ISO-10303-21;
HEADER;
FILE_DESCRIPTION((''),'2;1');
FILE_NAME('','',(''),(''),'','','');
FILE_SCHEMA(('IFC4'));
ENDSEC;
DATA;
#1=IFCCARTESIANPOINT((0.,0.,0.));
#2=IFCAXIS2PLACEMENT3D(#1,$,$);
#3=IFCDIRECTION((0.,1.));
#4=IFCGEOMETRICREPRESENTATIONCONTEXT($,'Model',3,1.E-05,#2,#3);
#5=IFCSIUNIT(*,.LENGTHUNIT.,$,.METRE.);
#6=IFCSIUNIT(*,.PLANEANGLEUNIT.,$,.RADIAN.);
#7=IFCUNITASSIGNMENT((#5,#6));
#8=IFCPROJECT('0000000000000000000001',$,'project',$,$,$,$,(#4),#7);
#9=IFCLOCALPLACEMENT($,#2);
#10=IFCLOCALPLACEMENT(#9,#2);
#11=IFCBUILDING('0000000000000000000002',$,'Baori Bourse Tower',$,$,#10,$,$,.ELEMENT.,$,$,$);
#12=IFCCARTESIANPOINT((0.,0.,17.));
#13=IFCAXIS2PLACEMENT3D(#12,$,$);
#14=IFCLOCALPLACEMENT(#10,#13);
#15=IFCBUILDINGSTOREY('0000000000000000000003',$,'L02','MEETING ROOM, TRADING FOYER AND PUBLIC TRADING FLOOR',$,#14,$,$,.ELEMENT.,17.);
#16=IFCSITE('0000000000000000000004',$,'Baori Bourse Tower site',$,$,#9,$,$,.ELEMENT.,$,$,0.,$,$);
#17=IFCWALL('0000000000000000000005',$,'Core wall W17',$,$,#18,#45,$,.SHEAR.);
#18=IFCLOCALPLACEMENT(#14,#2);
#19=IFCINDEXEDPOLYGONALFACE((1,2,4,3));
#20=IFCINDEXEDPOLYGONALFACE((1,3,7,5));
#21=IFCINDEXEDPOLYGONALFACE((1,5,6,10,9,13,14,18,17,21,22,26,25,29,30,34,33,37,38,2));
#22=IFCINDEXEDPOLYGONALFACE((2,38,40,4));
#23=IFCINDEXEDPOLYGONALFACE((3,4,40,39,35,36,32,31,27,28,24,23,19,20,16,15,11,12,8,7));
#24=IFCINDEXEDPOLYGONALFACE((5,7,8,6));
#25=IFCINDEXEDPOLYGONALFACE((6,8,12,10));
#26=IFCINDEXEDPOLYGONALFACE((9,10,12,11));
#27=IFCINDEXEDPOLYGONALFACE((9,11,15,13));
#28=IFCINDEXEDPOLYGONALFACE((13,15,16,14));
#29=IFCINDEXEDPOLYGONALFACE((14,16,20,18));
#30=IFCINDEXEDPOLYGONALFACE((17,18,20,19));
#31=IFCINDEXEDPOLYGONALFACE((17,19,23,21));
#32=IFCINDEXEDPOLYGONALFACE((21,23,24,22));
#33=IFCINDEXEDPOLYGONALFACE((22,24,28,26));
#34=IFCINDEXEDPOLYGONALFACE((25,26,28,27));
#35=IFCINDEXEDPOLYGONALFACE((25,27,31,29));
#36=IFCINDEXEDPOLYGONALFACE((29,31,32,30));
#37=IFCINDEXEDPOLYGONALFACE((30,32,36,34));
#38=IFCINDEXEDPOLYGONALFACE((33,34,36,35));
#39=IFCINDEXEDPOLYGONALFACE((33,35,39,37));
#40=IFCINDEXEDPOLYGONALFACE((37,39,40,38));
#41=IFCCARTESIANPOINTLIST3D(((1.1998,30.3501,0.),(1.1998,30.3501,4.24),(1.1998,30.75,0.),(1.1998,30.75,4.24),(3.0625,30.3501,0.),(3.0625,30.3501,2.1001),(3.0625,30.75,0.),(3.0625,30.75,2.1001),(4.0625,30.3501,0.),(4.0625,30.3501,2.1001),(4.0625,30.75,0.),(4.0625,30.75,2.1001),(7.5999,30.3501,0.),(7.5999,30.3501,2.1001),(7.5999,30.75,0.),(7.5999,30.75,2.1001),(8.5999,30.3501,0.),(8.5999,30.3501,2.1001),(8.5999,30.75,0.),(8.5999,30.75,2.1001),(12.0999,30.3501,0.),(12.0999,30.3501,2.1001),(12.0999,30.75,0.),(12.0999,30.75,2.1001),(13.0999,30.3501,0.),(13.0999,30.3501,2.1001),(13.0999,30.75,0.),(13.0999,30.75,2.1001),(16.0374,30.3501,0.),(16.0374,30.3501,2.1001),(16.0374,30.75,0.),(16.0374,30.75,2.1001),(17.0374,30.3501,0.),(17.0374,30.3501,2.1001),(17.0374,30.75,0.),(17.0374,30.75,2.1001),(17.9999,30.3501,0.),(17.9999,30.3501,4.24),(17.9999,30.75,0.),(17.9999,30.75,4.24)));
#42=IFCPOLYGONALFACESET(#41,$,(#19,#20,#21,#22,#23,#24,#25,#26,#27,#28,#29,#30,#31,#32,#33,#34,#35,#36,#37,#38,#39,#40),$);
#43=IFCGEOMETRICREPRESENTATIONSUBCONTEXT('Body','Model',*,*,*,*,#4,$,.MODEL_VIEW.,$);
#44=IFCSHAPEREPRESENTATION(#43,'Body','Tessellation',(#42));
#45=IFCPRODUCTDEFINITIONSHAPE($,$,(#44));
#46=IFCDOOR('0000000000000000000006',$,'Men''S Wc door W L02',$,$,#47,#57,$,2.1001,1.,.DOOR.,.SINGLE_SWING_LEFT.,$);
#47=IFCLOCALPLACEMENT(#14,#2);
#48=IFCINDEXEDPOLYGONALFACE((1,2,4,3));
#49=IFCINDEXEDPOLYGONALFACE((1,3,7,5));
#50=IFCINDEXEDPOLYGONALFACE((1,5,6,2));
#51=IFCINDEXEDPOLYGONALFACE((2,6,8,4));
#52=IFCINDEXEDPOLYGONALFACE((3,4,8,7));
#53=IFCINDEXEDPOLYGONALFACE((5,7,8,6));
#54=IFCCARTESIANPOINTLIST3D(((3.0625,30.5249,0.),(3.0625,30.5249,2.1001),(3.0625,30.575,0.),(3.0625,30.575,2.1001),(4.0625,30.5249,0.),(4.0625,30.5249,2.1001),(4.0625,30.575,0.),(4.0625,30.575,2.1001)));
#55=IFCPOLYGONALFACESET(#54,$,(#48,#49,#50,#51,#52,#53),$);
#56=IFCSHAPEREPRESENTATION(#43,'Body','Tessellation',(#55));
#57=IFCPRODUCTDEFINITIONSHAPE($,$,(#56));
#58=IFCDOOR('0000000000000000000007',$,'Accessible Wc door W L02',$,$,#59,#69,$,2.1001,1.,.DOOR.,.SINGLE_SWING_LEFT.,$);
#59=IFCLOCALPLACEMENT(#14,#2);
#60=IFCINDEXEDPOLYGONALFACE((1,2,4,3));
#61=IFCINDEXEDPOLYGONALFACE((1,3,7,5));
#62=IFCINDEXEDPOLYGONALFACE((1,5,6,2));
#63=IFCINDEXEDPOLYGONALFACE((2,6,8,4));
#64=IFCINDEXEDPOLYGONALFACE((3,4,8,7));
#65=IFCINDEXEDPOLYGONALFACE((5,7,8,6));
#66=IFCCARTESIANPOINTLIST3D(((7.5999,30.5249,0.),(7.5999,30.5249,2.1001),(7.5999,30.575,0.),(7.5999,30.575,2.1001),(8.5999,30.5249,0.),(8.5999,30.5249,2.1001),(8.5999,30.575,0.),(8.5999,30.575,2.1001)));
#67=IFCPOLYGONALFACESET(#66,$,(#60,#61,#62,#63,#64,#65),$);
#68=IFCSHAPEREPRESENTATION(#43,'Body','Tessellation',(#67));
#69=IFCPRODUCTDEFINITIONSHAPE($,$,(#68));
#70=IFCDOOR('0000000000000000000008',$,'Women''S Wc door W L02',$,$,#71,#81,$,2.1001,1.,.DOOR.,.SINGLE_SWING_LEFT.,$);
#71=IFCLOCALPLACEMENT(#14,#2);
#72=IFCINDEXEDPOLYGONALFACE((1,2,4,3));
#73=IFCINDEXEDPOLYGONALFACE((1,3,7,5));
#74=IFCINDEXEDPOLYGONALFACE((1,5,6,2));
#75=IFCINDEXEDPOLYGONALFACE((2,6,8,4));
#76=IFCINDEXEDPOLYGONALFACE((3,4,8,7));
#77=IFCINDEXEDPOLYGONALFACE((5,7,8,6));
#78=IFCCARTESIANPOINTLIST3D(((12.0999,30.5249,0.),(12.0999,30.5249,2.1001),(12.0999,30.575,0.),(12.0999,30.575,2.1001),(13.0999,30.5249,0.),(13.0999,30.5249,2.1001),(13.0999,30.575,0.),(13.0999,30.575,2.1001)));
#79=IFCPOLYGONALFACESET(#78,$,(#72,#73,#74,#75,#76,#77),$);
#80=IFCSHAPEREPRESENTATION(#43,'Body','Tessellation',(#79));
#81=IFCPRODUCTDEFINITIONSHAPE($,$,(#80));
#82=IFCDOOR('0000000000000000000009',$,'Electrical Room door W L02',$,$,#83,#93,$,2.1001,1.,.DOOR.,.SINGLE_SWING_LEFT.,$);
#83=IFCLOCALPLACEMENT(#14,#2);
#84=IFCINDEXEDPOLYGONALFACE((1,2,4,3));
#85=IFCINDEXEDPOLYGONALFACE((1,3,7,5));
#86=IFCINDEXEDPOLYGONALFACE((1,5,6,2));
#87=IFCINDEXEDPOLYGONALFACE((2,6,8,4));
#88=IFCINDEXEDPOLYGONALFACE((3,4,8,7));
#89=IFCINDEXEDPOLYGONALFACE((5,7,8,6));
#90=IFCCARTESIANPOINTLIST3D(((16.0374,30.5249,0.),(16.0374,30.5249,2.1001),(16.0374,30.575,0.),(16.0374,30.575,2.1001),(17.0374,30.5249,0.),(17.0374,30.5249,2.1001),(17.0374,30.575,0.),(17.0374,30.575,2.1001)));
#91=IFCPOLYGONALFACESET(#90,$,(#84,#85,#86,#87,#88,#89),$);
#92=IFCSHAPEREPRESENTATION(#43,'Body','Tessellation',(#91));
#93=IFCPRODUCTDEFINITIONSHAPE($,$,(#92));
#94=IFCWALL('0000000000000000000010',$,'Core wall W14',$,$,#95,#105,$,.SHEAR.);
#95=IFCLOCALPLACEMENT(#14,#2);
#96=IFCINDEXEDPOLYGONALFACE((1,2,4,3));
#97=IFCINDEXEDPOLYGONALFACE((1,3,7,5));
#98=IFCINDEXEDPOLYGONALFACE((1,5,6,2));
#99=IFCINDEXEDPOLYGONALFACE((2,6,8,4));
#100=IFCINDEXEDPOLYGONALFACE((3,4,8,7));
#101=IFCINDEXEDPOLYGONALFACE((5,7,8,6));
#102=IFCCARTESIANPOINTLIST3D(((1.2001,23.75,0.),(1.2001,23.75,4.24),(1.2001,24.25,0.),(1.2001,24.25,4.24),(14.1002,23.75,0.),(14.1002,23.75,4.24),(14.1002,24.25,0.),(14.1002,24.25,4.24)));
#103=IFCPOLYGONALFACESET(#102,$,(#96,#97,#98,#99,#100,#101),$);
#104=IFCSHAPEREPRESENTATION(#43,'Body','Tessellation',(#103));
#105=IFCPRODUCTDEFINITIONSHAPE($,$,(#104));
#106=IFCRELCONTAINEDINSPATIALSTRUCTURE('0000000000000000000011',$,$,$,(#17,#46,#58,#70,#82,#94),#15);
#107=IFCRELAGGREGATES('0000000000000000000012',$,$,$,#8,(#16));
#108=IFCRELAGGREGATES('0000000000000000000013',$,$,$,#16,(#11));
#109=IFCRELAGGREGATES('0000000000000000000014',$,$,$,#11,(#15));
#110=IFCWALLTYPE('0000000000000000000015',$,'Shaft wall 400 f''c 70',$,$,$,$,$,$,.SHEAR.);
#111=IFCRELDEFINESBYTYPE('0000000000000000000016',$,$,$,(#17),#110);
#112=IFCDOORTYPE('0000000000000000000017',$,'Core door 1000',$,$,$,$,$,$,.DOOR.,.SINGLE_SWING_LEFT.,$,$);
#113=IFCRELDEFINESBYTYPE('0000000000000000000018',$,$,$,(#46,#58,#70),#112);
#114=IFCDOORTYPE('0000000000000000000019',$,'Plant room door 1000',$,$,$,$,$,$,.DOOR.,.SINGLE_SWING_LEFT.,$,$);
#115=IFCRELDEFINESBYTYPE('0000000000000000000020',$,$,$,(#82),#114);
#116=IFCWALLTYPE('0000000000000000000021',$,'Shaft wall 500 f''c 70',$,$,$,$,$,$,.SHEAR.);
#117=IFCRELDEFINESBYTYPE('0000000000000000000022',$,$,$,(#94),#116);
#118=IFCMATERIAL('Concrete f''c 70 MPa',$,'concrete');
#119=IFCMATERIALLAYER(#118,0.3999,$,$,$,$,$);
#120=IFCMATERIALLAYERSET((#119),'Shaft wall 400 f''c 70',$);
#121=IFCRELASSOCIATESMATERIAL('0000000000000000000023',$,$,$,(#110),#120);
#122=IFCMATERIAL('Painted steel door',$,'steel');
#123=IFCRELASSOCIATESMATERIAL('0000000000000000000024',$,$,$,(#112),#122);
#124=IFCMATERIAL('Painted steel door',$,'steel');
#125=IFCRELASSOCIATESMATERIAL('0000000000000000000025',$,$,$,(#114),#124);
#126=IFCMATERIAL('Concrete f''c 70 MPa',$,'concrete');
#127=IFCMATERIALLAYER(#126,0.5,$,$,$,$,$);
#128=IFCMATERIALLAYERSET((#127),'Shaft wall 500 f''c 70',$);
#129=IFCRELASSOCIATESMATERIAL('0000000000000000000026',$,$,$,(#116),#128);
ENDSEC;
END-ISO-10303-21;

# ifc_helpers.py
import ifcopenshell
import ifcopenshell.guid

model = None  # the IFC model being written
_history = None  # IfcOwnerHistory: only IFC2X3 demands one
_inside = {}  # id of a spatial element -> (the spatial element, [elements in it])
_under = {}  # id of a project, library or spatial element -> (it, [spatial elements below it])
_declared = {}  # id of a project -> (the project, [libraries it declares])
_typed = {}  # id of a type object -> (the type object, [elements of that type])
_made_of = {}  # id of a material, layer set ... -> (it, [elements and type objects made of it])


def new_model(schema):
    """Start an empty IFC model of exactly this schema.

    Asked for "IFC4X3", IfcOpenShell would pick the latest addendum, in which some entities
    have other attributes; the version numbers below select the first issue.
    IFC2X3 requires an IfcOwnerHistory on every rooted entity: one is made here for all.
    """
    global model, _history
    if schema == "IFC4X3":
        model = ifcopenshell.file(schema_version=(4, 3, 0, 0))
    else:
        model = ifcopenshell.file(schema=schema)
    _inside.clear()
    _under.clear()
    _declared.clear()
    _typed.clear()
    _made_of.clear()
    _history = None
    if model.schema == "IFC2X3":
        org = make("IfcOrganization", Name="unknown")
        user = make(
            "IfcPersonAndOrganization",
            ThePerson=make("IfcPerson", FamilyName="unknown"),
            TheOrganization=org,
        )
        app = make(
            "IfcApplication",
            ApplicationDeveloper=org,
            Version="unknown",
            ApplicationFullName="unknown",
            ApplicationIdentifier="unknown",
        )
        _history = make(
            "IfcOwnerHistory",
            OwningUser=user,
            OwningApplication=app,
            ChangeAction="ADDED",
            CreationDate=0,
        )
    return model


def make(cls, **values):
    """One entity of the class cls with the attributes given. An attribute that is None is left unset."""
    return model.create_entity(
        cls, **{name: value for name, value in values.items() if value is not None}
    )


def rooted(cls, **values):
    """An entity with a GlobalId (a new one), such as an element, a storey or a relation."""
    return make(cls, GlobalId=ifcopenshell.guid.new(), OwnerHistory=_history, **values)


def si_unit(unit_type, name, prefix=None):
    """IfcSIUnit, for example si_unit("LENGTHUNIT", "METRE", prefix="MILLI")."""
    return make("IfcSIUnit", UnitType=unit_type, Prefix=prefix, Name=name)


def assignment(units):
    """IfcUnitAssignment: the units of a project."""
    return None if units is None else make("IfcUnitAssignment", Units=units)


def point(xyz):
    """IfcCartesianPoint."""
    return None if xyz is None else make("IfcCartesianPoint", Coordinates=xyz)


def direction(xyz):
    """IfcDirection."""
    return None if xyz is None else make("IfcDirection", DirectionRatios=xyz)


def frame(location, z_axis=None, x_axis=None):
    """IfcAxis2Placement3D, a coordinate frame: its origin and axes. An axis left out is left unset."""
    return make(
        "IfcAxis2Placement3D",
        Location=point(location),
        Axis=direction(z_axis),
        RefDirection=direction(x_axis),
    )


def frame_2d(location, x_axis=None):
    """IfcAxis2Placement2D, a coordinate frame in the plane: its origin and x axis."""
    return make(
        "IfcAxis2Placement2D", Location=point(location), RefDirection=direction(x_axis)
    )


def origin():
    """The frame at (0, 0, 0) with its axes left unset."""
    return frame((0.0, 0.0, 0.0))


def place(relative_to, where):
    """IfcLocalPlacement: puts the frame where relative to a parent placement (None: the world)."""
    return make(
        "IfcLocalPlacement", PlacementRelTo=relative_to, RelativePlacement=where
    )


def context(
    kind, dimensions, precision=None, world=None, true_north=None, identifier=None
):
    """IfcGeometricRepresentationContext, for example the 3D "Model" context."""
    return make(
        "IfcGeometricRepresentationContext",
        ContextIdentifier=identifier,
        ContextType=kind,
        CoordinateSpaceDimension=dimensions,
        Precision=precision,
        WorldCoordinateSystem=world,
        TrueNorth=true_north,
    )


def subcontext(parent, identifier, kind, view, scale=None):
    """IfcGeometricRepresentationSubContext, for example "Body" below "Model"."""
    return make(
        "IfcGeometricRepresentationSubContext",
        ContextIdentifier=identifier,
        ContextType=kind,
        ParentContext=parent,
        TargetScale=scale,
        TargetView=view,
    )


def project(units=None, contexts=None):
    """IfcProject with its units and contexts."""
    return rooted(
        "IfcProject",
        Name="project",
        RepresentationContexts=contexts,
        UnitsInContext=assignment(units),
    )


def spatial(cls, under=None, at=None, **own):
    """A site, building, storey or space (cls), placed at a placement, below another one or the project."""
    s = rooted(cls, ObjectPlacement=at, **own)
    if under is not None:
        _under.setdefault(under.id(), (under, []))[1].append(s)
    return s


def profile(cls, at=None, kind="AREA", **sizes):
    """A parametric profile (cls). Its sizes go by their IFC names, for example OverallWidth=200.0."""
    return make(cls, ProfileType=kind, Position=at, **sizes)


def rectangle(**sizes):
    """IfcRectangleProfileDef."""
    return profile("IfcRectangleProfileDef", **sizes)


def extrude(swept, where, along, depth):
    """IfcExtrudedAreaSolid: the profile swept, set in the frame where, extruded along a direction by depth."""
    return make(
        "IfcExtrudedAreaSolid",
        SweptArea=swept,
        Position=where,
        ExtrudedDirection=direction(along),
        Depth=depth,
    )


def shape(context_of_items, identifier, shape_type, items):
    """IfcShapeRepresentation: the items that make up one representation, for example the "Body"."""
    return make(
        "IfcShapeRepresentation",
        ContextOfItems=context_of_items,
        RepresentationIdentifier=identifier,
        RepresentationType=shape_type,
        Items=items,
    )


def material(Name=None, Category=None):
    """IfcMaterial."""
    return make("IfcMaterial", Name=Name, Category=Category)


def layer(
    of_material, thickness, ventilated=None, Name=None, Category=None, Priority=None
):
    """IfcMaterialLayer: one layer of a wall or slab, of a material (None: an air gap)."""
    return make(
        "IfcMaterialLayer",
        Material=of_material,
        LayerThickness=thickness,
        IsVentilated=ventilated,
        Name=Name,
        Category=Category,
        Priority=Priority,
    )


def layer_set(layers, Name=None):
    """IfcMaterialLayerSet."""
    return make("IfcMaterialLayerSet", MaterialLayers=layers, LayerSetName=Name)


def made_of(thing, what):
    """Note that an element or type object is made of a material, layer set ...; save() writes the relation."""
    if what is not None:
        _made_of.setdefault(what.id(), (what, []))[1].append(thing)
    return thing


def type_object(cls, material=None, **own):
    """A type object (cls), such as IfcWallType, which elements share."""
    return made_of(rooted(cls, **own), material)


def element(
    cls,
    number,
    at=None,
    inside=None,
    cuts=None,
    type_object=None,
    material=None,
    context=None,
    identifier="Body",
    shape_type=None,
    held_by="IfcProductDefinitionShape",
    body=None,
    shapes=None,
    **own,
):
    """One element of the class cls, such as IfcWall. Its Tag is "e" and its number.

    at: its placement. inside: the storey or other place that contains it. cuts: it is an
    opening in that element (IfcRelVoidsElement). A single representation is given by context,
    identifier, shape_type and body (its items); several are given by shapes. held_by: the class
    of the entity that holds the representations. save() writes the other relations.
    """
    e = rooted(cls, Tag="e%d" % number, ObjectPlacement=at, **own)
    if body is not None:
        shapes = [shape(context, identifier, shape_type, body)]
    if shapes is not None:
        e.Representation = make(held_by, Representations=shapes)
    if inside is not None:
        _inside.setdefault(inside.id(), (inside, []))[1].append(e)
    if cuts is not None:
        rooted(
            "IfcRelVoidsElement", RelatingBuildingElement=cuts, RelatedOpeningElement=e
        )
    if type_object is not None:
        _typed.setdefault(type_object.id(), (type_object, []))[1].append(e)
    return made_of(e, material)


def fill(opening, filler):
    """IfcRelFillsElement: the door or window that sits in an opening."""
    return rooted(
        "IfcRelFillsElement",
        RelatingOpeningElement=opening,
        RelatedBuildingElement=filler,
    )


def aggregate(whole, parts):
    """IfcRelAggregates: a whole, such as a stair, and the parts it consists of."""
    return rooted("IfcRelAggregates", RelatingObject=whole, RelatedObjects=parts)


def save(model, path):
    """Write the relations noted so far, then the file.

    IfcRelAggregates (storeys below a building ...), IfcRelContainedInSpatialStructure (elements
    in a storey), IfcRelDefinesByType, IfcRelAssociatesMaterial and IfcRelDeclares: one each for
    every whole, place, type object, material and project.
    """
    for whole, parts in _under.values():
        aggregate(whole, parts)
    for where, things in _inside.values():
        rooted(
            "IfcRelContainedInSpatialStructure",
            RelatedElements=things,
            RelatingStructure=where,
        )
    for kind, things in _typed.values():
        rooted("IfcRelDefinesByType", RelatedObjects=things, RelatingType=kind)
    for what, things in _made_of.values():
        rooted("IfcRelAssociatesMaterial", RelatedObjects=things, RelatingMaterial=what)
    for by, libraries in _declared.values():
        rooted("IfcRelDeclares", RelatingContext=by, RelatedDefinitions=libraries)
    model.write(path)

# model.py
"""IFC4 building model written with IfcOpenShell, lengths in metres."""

from ifc_helpers import new_model, si_unit, direction, frame, frame_2d, origin, place, context, subcontext, project, spatial, rectangle, extrude, material, layer, layer_set, type_object, element, fill, save


model = new_model("IFC4")

# Units and contexts
model_context = context("Model", 3, precision=1e-05, world=origin(), true_north=direction((0.0, 1.0)))
body_context = subcontext(model_context, "Body", "Model", "MODEL_VIEW")
ifc_project = project(units=[si_unit("LENGTHUNIT", "METRE"), si_unit("PLANEANGLEUNIT", "RADIAN")], contexts=[model_context])

# Site, building, storey
site_placement = place(None, origin())
site = spatial("IfcSite", under=ifc_project, at=site_placement, Name="Baori Bourse Tower site", CompositionType="ELEMENT", RefElevation=0.0)
building_placement = place(site_placement, origin())
building = spatial("IfcBuilding", under=site, at=building_placement, Name="Baori Bourse Tower", CompositionType="ELEMENT")
storey_placement = place(building_placement, frame((0.0, 0.0, 17.0)))
storey = spatial("IfcBuildingStorey", under=building, at=storey_placement, Name="L02", Description="MEETING ROOM, TRADING FOYER AND PUBLIC TRADING FLOOR", CompositionType="ELEMENT", Elevation=17.0)

# Shared definitions
ifc_material_1 = material(Name="Concrete f'c 70 MPa", Category="concrete")
ifc_layer_1 = layer(ifc_material_1, 0.3999)
ifc_layer_set_1 = layer_set([ifc_layer_1], Name="Shaft wall 400 f'c 70")
wall_type_1 = type_object("IfcWallType", Name="Shaft wall 400 f'c 70", PredefinedType="SHEAR", material=ifc_layer_set_1)

# Wall, openings, doors
wall_1_placement = place(storey_placement, frame((1.2, 30.55, 0.0), z_axis=(0.0, 0.0, 1.0), x_axis=(1.0, 0.0, 0.0)))
wall_1 = element("IfcWall", 1, at=wall_1_placement, inside=storey, type_object=wall_type_1, Name="Core wall W17", PredefinedType="SHEAR", context=body_context, shape_type="SweptSolid", body=[
    extrude(rectangle(XDim=16.8, YDim=0.3999, at=frame_2d((8.3999, 0.0))), origin(), (0.0, 0.0, 1.0), 4.24),
])
opening_1_placement = place(wall_1_placement, frame((1.8625, 0.0, 0.0)))
opening_1 = element("IfcOpeningElement", 2, at=opening_1_placement, cuts=wall_1, PredefinedType="OPENING", context=body_context, shape_type="SweptSolid", body=[
    extrude(rectangle(XDim=1.0, YDim=2.1001, at=frame_2d((0.5, 1.05))), frame((0.0, 0.21, 0.0), z_axis=(0.0, -1.0, 0.0), x_axis=(1.0, 0.0, 0.0)), (0.0, 0.0, 1.0), 0.4199),
])
opening_2_placement = place(wall_1_placement, frame((6.3999, 0.0, 0.0)))
opening_2 = element("IfcOpeningElement", 3, at=opening_2_placement, cuts=wall_1, PredefinedType="OPENING", context=body_context, shape_type="SweptSolid", body=[
    extrude(rectangle(XDim=1.0, YDim=2.1001, at=frame_2d((0.5, 1.05))), frame((0.0, 0.21, 0.0), z_axis=(0.0, -1.0, 0.0), x_axis=(1.0, 0.0, 0.0)), (0.0, 0.0, 1.0), 0.4199),
])
opening_3_placement = place(wall_1_placement, frame((10.8999, 0.0, 0.0)))
opening_3 = element("IfcOpeningElement", 4, at=opening_3_placement, cuts=wall_1, PredefinedType="OPENING", context=body_context, shape_type="SweptSolid", body=[
    extrude(rectangle(XDim=1.0, YDim=2.1001, at=frame_2d((0.5, 1.05))), frame((0.0, 0.21, 0.0), z_axis=(0.0, -1.0, 0.0), x_axis=(1.0, 0.0, 0.0)), (0.0, 0.0, 1.0), 0.4199),
])
opening_4_placement = place(wall_1_placement, frame((14.8374, 0.0, 0.0)))
opening_4 = element("IfcOpeningElement", 5, at=opening_4_placement, cuts=wall_1, PredefinedType="OPENING", context=body_context, shape_type="SweptSolid", body=[
    extrude(rectangle(XDim=1.0, YDim=2.1001, at=frame_2d((0.5, 1.05))), frame((0.0, 0.21, 0.0), z_axis=(0.0, -1.0, 0.0), x_axis=(1.0, 0.0, 0.0)), (0.0, 0.0, 1.0), 0.4199),
])
ifc_material_2 = material(Name="Painted steel door", Category="steel")
door_type_1 = type_object("IfcDoorType", Name="Core door 1000", OperationType="SINGLE_SWING_LEFT", PredefinedType="DOOR", material=ifc_material_2)
door_1_placement = place(opening_1_placement, origin())
door_1 = element("IfcDoor", 6, at=door_1_placement, inside=storey, type_object=door_type_1, Name="Men'S Wc door W L02", OperationType="SINGLE_SWING_LEFT", OverallHeight=2.1001, OverallWidth=1.0, PredefinedType="DOOR", context=body_context, shape_type="SweptSolid", body=[
    extrude(rectangle(XDim=1.0, YDim=2.1001, at=frame_2d((0.5, 1.05))), frame((0.0, 0.0249, 0.0), z_axis=(0.0, -1.0, 0.0), x_axis=(1.0, 0.0, 0.0)), (0.0, 0.0, 1.0), 0.05),
])
fill(opening_1, door_1)
door_2_placement = place(opening_2_placement, origin())
door_2 = element("IfcDoor", 7, at=door_2_placement, inside=storey, type_object=door_type_1, Name="Accessible Wc door W L02", OperationType="SINGLE_SWING_LEFT", OverallHeight=2.1001, OverallWidth=1.0, PredefinedType="DOOR", context=body_context, shape_type="SweptSolid", body=[
    extrude(rectangle(XDim=1.0, YDim=2.1001, at=frame_2d((0.5, 1.05))), frame((0.0, 0.0249, 0.0), z_axis=(0.0, -1.0, 0.0), x_axis=(1.0, 0.0, 0.0)), (0.0, 0.0, 1.0), 0.05),
])
fill(opening_2, door_2)
door_3_placement = place(opening_3_placement, origin())
door_3 = element("IfcDoor", 8, at=door_3_placement, inside=storey, type_object=door_type_1, Name="Women'S Wc door W L02", OperationType="SINGLE_SWING_LEFT", OverallHeight=2.1001, OverallWidth=1.0, PredefinedType="DOOR", context=body_context, shape_type="SweptSolid", body=[
    extrude(rectangle(XDim=1.0, YDim=2.1001, at=frame_2d((0.5, 1.05))), frame((0.0, 0.0249, 0.0), z_axis=(0.0, -1.0, 0.0), x_axis=(1.0, 0.0, 0.0)), (0.0, 0.0, 1.0), 0.05),
])
fill(opening_3, door_3)
ifc_material_3 = material(Name="Painted steel door", Category="steel")
door_type_2 = type_object("IfcDoorType", Name="Plant room door 1000", OperationType="SINGLE_SWING_LEFT", PredefinedType="DOOR", material=ifc_material_3)
door_4_placement = place(opening_4_placement, origin())
door_4 = element("IfcDoor", 9, at=door_4_placement, inside=storey, type_object=door_type_2, Name="Electrical Room door W L02", OperationType="SINGLE_SWING_LEFT", OverallHeight=2.1001, OverallWidth=1.0, PredefinedType="DOOR", context=body_context, shape_type="SweptSolid", body=[
    extrude(rectangle(XDim=1.0, YDim=2.1001, at=frame_2d((0.5, 1.05))), frame((0.0, 0.0249, 0.0), z_axis=(0.0, -1.0, 0.0), x_axis=(1.0, 0.0, 0.0)), (0.0, 0.0, 1.0), 0.05),
])
fill(opening_4, door_4)

# Wall
ifc_material_4 = material(Name="Concrete f'c 70 MPa", Category="concrete")
ifc_layer_2 = layer(ifc_material_4, 0.5)
ifc_layer_set_2 = layer_set([ifc_layer_2], Name="Shaft wall 500 f'c 70")
wall_type_2 = type_object("IfcWallType", Name="Shaft wall 500 f'c 70", PredefinedType="SHEAR", material=ifc_layer_set_2)
wall_2_placement = place(storey_placement, frame((1.2, 24.0, 0.0), z_axis=(0.0, 0.0, 1.0), x_axis=(1.0, 0.0, 0.0)))
element("IfcWall", 10, at=wall_2_placement, inside=storey, type_object=wall_type_2, Name="Core wall W14", PredefinedType="SHEAR", context=body_context, shape_type="SweptSolid", body=[
    extrude(rectangle(XDim=12.9001, YDim=0.5, at=frame_2d((6.4502, 0.0))), origin(), (0.0, 0.0, 1.0), 4.24),
])

save(model, "model.ifc")
